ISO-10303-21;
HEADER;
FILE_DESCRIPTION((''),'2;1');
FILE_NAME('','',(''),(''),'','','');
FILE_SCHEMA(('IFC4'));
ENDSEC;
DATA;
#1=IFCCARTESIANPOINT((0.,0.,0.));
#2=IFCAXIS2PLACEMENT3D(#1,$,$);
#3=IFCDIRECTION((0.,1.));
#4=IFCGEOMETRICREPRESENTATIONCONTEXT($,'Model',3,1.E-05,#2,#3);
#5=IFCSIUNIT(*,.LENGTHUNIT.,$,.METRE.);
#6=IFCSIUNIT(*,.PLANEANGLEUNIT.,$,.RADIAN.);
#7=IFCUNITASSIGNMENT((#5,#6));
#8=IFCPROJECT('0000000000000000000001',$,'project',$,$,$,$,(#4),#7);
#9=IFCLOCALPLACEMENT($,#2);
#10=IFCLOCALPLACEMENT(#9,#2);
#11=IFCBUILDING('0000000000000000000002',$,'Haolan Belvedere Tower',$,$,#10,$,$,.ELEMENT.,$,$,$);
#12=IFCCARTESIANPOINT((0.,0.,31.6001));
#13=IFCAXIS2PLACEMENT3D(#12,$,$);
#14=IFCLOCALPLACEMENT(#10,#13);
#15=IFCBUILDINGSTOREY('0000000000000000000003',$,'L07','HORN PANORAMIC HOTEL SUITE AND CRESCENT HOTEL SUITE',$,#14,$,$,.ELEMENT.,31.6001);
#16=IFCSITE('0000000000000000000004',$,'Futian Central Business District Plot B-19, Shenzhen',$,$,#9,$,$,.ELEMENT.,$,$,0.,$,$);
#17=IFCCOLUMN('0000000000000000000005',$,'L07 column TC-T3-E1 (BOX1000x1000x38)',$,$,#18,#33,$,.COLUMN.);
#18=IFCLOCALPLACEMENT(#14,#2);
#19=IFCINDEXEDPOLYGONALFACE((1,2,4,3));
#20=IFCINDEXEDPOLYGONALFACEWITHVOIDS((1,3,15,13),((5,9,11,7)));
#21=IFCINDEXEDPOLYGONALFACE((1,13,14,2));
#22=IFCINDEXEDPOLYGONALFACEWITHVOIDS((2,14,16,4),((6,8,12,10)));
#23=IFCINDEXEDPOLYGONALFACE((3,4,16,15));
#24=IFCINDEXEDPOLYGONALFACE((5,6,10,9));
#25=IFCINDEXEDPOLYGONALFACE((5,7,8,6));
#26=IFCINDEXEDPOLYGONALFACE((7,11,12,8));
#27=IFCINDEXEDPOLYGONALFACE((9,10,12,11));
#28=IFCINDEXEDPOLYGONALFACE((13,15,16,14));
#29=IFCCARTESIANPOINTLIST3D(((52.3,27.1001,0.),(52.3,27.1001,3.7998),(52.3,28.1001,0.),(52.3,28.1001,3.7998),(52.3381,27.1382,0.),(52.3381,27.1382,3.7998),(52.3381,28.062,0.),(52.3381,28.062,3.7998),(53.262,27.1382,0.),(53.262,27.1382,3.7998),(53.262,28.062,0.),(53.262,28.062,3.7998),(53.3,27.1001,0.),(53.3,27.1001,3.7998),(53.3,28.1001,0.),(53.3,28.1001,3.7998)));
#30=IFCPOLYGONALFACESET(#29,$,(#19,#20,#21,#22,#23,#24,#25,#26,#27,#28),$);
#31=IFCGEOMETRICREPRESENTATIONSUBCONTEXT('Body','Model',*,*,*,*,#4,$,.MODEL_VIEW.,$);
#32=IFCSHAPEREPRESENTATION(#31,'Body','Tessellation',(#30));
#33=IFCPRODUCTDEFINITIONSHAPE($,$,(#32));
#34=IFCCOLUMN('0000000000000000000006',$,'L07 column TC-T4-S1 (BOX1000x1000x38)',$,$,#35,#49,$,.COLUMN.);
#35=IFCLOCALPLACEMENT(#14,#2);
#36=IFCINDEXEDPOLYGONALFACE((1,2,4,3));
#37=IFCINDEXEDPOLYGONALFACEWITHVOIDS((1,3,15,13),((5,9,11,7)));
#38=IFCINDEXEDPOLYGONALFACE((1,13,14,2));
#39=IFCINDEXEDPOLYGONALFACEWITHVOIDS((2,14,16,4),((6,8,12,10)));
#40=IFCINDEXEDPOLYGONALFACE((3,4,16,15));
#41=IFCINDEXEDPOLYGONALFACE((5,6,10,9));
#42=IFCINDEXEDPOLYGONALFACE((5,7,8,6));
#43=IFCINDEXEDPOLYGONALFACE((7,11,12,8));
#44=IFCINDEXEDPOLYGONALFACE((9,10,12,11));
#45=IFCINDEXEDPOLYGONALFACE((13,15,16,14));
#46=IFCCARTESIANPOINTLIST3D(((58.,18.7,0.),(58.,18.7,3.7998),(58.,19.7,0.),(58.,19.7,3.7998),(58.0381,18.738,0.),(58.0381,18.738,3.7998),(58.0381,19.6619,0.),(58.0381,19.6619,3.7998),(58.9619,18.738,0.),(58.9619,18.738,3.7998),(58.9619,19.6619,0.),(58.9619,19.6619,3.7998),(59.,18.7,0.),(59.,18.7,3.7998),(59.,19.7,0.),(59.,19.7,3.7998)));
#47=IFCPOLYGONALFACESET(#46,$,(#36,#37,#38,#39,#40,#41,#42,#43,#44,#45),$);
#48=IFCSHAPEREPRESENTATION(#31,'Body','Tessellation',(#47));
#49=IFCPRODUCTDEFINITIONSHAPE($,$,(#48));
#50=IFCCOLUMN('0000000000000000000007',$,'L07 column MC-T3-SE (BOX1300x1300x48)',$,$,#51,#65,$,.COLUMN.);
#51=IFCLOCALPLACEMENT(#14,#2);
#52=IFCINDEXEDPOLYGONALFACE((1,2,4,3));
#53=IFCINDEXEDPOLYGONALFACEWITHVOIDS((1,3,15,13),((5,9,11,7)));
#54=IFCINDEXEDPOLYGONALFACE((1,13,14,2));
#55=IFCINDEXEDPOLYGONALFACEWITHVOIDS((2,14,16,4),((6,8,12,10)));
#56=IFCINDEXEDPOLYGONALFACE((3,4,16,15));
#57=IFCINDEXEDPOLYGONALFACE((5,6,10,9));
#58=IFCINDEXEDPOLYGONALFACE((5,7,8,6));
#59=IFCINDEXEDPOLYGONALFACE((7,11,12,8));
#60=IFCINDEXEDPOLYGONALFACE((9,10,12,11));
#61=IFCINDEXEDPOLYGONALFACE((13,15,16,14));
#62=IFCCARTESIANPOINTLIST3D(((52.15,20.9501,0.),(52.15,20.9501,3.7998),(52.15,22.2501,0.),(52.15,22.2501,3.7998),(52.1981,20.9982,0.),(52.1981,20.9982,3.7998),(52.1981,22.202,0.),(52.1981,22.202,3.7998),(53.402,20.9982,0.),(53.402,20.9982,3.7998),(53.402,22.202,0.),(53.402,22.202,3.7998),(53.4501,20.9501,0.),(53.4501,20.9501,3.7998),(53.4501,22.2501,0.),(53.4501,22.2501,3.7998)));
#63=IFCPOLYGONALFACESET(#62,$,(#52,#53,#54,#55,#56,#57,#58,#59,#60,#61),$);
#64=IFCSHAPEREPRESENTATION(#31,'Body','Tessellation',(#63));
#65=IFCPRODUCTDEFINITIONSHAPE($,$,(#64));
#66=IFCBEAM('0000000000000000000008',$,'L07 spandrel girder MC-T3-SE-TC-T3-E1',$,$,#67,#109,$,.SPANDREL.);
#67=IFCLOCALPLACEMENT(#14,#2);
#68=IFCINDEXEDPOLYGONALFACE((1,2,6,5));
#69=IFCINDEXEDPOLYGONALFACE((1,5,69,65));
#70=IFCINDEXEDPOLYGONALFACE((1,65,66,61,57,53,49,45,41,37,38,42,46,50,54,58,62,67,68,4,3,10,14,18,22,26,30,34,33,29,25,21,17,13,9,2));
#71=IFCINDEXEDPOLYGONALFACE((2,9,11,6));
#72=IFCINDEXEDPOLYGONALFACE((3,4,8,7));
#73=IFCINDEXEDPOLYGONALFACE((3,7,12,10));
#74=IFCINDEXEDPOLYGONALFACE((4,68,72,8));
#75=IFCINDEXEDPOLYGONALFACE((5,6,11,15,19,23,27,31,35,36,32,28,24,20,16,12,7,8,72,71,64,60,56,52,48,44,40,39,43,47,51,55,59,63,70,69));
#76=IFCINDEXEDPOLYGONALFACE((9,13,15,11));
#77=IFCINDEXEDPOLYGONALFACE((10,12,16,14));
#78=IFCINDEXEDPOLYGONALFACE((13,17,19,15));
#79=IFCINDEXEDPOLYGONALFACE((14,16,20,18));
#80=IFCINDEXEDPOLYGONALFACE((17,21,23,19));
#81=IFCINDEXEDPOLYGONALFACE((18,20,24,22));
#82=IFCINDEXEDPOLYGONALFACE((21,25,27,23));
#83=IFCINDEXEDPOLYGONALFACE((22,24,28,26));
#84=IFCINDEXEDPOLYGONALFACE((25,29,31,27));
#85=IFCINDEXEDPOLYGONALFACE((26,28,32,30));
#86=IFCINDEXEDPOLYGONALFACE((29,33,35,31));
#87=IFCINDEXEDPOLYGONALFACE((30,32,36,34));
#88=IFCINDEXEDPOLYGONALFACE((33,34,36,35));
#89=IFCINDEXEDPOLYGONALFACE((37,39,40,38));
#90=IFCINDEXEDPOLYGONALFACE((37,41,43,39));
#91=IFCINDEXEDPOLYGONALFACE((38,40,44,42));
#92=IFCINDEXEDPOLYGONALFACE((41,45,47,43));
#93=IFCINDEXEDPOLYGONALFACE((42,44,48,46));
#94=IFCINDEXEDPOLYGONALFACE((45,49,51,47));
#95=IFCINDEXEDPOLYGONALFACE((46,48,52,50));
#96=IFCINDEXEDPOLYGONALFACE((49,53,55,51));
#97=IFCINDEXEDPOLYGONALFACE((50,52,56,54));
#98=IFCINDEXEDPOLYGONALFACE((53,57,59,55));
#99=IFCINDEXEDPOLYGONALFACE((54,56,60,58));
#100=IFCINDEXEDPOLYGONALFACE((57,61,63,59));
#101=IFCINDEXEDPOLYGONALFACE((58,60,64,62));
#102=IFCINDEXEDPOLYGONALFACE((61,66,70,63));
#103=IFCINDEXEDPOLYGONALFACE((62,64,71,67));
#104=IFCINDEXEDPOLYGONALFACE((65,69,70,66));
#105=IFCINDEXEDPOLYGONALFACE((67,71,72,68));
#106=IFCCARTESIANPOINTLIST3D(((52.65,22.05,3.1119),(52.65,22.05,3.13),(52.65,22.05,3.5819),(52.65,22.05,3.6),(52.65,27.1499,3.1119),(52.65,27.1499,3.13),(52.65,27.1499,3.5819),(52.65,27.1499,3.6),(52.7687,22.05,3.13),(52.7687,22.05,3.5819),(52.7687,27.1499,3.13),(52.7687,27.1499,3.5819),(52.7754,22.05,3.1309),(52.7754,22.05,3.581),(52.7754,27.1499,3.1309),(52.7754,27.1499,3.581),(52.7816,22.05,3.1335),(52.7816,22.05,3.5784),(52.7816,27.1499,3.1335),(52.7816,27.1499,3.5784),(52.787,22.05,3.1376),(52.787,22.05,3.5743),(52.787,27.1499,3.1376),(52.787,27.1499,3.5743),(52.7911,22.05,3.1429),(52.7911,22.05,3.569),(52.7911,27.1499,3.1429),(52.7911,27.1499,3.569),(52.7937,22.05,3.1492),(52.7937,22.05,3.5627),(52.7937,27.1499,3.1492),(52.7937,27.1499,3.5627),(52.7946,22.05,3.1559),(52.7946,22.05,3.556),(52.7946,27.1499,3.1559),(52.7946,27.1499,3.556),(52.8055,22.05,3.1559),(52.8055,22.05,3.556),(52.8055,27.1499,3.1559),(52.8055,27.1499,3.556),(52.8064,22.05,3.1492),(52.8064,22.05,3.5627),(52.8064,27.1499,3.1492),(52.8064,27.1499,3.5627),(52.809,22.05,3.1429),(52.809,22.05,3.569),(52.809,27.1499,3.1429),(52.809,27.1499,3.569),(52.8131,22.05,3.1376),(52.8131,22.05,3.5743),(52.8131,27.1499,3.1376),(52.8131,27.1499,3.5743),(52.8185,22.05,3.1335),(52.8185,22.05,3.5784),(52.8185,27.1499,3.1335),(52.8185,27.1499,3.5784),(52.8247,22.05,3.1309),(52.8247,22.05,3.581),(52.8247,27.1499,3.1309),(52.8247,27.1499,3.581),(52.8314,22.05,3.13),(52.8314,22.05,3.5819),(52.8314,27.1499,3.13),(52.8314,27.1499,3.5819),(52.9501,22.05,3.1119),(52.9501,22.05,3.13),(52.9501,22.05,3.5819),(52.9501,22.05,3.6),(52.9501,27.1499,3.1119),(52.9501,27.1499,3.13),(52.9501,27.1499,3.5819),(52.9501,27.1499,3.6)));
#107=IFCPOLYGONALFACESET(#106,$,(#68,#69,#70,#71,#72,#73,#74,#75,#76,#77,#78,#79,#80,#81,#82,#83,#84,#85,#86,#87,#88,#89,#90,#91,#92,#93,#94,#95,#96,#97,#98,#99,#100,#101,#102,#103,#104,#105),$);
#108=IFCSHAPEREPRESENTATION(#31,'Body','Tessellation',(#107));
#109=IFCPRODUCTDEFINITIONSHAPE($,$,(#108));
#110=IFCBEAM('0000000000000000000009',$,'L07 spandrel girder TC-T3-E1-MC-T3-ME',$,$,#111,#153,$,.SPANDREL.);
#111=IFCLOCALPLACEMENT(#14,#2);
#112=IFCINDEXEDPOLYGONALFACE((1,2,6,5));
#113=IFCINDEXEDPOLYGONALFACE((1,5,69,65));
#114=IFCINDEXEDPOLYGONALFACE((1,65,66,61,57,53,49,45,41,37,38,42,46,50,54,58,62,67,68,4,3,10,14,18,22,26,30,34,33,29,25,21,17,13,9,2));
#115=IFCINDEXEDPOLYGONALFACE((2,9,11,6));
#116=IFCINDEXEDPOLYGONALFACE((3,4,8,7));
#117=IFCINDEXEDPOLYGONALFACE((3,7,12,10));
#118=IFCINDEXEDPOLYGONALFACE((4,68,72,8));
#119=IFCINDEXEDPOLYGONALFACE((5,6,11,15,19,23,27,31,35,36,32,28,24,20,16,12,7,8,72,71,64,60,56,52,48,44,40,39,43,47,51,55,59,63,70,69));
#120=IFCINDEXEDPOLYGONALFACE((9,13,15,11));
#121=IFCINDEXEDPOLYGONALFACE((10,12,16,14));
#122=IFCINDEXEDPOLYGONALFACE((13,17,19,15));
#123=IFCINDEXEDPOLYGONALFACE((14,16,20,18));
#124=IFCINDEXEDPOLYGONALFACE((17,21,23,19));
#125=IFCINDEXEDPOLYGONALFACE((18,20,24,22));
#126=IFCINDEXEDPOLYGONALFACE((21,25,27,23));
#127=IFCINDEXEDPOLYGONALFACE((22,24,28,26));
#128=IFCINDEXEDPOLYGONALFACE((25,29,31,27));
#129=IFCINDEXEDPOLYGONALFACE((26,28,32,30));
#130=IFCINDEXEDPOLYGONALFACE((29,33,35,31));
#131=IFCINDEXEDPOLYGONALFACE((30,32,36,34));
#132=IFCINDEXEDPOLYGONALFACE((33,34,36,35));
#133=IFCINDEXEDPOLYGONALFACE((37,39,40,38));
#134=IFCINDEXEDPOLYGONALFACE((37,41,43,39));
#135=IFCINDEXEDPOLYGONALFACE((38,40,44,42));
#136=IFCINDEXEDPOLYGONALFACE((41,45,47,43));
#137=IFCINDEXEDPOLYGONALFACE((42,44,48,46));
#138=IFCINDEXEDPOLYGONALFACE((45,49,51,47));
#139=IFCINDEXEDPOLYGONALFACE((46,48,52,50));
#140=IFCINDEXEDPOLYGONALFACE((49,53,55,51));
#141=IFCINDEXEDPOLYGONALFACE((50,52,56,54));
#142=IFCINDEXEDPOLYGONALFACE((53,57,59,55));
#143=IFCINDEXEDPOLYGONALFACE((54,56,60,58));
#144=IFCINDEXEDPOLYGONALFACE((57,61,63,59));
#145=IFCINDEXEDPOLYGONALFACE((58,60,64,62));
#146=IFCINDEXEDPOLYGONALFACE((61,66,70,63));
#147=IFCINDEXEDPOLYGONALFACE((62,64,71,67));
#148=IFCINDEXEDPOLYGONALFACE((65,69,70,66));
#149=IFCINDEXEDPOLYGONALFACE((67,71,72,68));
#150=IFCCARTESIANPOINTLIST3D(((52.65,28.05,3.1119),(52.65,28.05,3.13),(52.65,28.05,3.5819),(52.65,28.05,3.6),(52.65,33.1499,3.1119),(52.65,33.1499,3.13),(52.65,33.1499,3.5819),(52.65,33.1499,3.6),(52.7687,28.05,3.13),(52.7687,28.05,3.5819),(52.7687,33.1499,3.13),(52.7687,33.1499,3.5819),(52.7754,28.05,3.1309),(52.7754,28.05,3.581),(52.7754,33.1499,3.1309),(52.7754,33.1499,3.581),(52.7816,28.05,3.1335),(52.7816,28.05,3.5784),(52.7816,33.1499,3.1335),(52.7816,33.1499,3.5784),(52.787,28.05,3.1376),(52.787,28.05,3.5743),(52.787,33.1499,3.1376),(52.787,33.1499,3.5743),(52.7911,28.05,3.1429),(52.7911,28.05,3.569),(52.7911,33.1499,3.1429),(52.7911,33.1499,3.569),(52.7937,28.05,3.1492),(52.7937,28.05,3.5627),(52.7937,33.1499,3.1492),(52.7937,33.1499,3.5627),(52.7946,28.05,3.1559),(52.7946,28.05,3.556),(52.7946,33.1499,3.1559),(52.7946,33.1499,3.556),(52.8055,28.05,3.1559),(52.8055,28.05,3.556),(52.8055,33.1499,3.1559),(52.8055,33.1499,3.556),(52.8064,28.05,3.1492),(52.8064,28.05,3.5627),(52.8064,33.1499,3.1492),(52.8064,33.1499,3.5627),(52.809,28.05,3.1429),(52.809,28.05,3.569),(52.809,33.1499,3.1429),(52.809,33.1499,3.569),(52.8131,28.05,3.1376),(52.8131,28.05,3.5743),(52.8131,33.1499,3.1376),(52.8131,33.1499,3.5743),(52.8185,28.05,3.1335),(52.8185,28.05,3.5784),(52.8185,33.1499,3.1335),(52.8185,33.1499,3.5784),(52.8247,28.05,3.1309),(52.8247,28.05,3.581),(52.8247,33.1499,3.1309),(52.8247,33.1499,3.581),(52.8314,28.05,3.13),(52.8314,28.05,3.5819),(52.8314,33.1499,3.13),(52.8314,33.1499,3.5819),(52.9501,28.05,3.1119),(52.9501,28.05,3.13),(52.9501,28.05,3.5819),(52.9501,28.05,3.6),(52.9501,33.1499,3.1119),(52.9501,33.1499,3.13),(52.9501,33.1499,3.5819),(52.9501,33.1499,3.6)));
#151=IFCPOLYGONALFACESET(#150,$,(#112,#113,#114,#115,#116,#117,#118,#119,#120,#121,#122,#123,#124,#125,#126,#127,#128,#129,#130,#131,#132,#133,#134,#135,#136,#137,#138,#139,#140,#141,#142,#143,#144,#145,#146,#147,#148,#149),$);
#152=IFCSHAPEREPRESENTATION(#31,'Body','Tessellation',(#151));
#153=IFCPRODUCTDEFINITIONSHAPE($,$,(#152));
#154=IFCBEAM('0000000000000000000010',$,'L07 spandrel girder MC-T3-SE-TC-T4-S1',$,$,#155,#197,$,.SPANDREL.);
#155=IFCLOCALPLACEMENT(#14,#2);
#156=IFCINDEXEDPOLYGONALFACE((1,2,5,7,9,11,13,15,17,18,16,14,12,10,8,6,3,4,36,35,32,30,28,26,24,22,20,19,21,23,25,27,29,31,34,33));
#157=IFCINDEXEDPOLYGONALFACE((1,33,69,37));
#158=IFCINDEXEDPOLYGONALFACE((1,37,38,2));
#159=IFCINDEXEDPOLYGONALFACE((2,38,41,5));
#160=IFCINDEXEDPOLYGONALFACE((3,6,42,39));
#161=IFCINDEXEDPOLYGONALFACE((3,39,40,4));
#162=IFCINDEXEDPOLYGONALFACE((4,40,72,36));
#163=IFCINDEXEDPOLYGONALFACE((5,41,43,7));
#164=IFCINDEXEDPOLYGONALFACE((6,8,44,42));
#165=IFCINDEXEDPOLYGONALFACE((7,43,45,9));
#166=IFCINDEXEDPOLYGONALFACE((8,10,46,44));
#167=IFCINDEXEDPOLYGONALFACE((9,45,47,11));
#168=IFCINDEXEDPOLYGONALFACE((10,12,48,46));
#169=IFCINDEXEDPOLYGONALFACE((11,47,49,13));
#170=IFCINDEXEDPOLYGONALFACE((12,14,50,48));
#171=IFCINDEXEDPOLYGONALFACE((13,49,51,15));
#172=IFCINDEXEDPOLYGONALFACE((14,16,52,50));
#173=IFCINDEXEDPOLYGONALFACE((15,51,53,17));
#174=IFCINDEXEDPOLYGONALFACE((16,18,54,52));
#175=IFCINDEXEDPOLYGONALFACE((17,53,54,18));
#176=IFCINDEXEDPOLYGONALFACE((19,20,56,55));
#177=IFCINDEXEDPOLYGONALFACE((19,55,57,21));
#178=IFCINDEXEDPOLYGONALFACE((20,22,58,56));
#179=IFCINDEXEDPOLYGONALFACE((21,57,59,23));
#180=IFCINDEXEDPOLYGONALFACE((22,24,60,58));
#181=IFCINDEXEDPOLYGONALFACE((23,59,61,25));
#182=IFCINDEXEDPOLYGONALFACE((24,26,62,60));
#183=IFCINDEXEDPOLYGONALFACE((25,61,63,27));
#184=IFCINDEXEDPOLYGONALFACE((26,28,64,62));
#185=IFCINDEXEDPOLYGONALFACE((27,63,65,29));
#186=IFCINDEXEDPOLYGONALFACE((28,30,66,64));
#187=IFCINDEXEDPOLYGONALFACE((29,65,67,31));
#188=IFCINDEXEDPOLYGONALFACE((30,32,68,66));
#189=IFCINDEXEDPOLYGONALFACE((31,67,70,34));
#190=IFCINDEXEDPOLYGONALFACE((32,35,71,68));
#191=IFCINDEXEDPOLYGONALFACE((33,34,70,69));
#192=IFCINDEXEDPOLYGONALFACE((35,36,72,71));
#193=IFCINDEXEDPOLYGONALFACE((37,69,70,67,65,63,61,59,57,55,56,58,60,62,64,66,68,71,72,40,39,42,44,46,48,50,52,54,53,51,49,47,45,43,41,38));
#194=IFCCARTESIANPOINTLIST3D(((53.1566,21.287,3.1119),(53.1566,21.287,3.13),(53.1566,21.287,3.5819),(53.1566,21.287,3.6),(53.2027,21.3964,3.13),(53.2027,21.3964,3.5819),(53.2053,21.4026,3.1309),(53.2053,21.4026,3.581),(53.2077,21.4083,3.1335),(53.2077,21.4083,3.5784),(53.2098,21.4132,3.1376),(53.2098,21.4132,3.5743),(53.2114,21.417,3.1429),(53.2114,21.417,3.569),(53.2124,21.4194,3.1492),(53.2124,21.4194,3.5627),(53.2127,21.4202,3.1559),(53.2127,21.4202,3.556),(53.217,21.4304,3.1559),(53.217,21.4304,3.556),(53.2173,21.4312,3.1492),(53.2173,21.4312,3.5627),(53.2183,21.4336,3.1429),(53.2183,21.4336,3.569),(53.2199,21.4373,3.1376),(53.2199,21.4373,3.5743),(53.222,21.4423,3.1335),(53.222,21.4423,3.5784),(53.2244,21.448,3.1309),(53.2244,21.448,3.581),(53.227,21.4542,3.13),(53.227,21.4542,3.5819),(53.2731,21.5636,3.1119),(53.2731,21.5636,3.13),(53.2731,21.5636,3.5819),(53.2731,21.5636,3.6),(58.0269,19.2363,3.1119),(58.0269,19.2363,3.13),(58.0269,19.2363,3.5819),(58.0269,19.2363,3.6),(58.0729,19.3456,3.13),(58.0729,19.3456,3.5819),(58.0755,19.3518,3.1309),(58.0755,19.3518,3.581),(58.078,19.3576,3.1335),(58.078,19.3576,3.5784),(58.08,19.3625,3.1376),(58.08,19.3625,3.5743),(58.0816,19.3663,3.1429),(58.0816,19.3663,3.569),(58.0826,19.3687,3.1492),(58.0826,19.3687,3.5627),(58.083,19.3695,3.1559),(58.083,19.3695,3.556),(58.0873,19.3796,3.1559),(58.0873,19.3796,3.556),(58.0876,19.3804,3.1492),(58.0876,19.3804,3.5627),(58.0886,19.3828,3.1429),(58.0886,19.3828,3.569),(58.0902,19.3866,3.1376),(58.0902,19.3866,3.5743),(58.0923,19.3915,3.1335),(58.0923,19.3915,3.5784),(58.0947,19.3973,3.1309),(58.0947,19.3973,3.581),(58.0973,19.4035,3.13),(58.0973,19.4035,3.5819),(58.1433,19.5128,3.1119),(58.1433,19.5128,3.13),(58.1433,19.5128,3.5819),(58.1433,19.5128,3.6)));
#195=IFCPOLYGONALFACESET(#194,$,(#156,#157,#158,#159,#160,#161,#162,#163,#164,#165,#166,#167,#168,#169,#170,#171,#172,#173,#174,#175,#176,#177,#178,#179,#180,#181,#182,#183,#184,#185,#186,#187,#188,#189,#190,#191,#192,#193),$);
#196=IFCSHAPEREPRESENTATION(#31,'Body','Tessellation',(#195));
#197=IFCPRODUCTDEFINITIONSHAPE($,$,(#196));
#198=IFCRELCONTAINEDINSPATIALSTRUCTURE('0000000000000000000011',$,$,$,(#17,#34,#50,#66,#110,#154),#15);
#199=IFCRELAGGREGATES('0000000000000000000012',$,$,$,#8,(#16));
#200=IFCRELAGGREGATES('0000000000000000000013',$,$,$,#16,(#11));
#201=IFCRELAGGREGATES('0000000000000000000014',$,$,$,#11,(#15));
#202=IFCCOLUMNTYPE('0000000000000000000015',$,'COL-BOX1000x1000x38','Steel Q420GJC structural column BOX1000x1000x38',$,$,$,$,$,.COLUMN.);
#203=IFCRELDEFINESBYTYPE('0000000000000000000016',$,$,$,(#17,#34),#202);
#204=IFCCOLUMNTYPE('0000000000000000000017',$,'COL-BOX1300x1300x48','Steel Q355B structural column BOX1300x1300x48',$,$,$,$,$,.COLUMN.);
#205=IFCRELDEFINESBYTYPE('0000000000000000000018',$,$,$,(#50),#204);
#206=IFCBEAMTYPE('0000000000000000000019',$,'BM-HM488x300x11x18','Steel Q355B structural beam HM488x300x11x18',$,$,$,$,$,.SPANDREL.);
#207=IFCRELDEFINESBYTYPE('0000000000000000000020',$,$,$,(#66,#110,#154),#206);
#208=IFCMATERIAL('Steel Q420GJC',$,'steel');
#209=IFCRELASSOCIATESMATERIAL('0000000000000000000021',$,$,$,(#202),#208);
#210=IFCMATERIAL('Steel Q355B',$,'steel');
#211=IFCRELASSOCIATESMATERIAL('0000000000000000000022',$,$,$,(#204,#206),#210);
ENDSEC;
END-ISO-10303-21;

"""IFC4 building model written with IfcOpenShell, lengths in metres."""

from ifc_helpers import new_model, si_unit, direction, frame, origin, origin_2d, place, context, subcontext, project, spatial, hollow_rectangle, i_section, extrude, material, material_profile, profile_set, type_object, element, save


model = new_model("IFC4")

# Units and contexts
model_context = context("Model", 3, precision=1e-05, world=origin(), true_north=direction((0.0, 1.0)))
body_context = subcontext(model_context, "Body", "Model", "MODEL_VIEW")
ifc_project = project(units=[si_unit("LENGTHUNIT", "METRE"), si_unit("PLANEANGLEUNIT", "RADIAN")], contexts=[model_context])

# Site, building, storey
site_placement = place(None, origin())
site = spatial("IfcSite", under=ifc_project, at=site_placement, Name="Futian Central Business District Plot B-19, Shenzhen", CompositionType="ELEMENT", RefElevation=0.0)
building_placement = place(site_placement, origin())
building = spatial("IfcBuilding", under=site, at=building_placement, Name="Haolan Belvedere Tower", CompositionType="ELEMENT")
storey_placement = place(building_placement, frame((0.0, 0.0, 31.6001)))
storey = spatial("IfcBuildingStorey", under=building, at=storey_placement, Name="L07", Description="HORN PANORAMIC HOTEL SUITE AND CRESCENT HOTEL SUITE", CompositionType="ELEMENT", Elevation=31.6001)

# Columns
ifc_material_1 = material(Name="Steel Q420GJC", Category="steel")
ifc_material_profile_1 = material_profile(ifc_material_1, hollow_rectangle(XDim=1.0, YDim=1.0, WallThickness=0.0381, at=origin_2d()), Name="Steel Q420GJC")
ifc_profile_set_1 = profile_set([ifc_material_profile_1], Name="Steel Q420GJC")
column_type_1 = type_object("IfcColumnType", Name="COL-BOX1000x1000x38", Description="Steel Q420GJC structural column BOX1000x1000x38", PredefinedType="COLUMN", material=ifc_profile_set_1)
for number, where, z_axis, x_axis, name in (
    (1, (52.8, 27.6001, 0.0), (0.0, 0.0, 1.0), (1.0, 0.0, 0.0), "L07 column TC-T3-E1 (BOX1000x1000x38)"),
    (2, (58.5, 19.2, 0.0), (0.0, 0.0, 1.0), (1.0, 0.0, 0.0), "L07 column TC-T4-S1 (BOX1000x1000x38)"),
):
    element("IfcColumn", number, at=place(storey_placement, frame(where, z_axis=z_axis, x_axis=x_axis)), inside=storey, type_object=column_type_1, Name=name, PredefinedType="COLUMN", context=body_context, shape_type="SweptSolid", body=[
        extrude(hollow_rectangle(XDim=1.0, YDim=1.0, WallThickness=0.0381, at=origin_2d()), origin(), (0.0, 0.0, 1.0), 3.7998),
    ])
ifc_material_2 = material(Name="Steel Q355B", Category="steel")
ifc_material_profile_2 = material_profile(ifc_material_2, hollow_rectangle(XDim=1.3, YDim=1.3, WallThickness=0.0481, at=origin_2d()), Name="Steel Q355B")
ifc_profile_set_2 = profile_set([ifc_material_profile_2], Name="Steel Q355B")
column_type_2 = type_object("IfcColumnType", Name="COL-BOX1300x1300x48", Description="Steel Q355B structural column BOX1300x1300x48", PredefinedType="COLUMN", material=ifc_profile_set_2)
column_placement = place(storey_placement, frame((52.8, 21.6001, 0.0), z_axis=(0.0, 0.0, 1.0), x_axis=(1.0, 0.0, 0.0)))
element("IfcColumn", 3, at=column_placement, inside=storey, type_object=column_type_2, Name="L07 column MC-T3-SE (BOX1300x1300x48)", PredefinedType="COLUMN", context=body_context, shape_type="SweptSolid", body=[
    extrude(hollow_rectangle(XDim=1.3, YDim=1.3, WallThickness=0.0481, at=origin_2d()), origin(), (0.0, 0.0, 1.0), 3.7998),
])

# Beams
ifc_material_profile_3 = material_profile(ifc_material_2, i_section(OverallWidth=0.3, OverallDepth=0.488, WebThickness=0.011, FlangeThickness=0.0181, FilletRadius=0.0259, at=origin_2d()), Name="Steel Q355B")
ifc_profile_set_3 = profile_set([ifc_material_profile_3], Name="Steel Q355B")
beam_type_1 = type_object("IfcBeamType", Name="BM-HM488x300x11x18", Description="Steel Q355B structural beam HM488x300x11x18", PredefinedType="SPANDREL", material=ifc_profile_set_3)
for number, where, z_axis, x_axis, name in (
    (4, (52.8, 22.05, 3.356), (0.0, 1.0, 0.0), (-1.0, 0.0, 0.0), "L07 spandrel girder MC-T3-SE-TC-T3-E1"),
    (5, (52.8, 28.05, 3.356), (0.0, 1.0, 0.0), (-1.0, 0.0, 0.0), "L07 spandrel girder TC-T3-E1-MC-T3-ME"),
):
    element("IfcBeam", number, at=place(storey_placement, frame(where, z_axis=z_axis, x_axis=x_axis)), inside=storey, type_object=beam_type_1, Name=name, PredefinedType="SPANDREL", context=body_context, shape_type="SweptSolid", body=[
        extrude(i_section(OverallWidth=0.3, OverallDepth=0.488, WebThickness=0.011, FlangeThickness=0.0181, FilletRadius=0.0259, at=origin_2d()), origin(), (0.0, 0.0, 1.0), 5.0999),
    ])
for number, where, z_axis, x_axis, name in (
    (6, (53.2148, 21.4253, 3.356), (0.921628, -0.388074, 0.0), (0.388074, 0.921628, 0.0), "L07 spandrel girder MC-T3-SE-TC-T4-S1"),
):
    element("IfcBeam", number, at=place(storey_placement, frame(where, z_axis=z_axis, x_axis=x_axis)), inside=storey, type_object=beam_type_1, Name=name, PredefinedType="SPANDREL", context=body_context, shape_type="SweptSolid", body=[
        extrude(i_section(OverallWidth=0.3, OverallDepth=0.488, WebThickness=0.011, FlangeThickness=0.0181, FilletRadius=0.0259, at=origin_2d()), origin(), (0.0, 0.0, 1.0), 5.2844),
    ])

save(model, "model.ifc")
